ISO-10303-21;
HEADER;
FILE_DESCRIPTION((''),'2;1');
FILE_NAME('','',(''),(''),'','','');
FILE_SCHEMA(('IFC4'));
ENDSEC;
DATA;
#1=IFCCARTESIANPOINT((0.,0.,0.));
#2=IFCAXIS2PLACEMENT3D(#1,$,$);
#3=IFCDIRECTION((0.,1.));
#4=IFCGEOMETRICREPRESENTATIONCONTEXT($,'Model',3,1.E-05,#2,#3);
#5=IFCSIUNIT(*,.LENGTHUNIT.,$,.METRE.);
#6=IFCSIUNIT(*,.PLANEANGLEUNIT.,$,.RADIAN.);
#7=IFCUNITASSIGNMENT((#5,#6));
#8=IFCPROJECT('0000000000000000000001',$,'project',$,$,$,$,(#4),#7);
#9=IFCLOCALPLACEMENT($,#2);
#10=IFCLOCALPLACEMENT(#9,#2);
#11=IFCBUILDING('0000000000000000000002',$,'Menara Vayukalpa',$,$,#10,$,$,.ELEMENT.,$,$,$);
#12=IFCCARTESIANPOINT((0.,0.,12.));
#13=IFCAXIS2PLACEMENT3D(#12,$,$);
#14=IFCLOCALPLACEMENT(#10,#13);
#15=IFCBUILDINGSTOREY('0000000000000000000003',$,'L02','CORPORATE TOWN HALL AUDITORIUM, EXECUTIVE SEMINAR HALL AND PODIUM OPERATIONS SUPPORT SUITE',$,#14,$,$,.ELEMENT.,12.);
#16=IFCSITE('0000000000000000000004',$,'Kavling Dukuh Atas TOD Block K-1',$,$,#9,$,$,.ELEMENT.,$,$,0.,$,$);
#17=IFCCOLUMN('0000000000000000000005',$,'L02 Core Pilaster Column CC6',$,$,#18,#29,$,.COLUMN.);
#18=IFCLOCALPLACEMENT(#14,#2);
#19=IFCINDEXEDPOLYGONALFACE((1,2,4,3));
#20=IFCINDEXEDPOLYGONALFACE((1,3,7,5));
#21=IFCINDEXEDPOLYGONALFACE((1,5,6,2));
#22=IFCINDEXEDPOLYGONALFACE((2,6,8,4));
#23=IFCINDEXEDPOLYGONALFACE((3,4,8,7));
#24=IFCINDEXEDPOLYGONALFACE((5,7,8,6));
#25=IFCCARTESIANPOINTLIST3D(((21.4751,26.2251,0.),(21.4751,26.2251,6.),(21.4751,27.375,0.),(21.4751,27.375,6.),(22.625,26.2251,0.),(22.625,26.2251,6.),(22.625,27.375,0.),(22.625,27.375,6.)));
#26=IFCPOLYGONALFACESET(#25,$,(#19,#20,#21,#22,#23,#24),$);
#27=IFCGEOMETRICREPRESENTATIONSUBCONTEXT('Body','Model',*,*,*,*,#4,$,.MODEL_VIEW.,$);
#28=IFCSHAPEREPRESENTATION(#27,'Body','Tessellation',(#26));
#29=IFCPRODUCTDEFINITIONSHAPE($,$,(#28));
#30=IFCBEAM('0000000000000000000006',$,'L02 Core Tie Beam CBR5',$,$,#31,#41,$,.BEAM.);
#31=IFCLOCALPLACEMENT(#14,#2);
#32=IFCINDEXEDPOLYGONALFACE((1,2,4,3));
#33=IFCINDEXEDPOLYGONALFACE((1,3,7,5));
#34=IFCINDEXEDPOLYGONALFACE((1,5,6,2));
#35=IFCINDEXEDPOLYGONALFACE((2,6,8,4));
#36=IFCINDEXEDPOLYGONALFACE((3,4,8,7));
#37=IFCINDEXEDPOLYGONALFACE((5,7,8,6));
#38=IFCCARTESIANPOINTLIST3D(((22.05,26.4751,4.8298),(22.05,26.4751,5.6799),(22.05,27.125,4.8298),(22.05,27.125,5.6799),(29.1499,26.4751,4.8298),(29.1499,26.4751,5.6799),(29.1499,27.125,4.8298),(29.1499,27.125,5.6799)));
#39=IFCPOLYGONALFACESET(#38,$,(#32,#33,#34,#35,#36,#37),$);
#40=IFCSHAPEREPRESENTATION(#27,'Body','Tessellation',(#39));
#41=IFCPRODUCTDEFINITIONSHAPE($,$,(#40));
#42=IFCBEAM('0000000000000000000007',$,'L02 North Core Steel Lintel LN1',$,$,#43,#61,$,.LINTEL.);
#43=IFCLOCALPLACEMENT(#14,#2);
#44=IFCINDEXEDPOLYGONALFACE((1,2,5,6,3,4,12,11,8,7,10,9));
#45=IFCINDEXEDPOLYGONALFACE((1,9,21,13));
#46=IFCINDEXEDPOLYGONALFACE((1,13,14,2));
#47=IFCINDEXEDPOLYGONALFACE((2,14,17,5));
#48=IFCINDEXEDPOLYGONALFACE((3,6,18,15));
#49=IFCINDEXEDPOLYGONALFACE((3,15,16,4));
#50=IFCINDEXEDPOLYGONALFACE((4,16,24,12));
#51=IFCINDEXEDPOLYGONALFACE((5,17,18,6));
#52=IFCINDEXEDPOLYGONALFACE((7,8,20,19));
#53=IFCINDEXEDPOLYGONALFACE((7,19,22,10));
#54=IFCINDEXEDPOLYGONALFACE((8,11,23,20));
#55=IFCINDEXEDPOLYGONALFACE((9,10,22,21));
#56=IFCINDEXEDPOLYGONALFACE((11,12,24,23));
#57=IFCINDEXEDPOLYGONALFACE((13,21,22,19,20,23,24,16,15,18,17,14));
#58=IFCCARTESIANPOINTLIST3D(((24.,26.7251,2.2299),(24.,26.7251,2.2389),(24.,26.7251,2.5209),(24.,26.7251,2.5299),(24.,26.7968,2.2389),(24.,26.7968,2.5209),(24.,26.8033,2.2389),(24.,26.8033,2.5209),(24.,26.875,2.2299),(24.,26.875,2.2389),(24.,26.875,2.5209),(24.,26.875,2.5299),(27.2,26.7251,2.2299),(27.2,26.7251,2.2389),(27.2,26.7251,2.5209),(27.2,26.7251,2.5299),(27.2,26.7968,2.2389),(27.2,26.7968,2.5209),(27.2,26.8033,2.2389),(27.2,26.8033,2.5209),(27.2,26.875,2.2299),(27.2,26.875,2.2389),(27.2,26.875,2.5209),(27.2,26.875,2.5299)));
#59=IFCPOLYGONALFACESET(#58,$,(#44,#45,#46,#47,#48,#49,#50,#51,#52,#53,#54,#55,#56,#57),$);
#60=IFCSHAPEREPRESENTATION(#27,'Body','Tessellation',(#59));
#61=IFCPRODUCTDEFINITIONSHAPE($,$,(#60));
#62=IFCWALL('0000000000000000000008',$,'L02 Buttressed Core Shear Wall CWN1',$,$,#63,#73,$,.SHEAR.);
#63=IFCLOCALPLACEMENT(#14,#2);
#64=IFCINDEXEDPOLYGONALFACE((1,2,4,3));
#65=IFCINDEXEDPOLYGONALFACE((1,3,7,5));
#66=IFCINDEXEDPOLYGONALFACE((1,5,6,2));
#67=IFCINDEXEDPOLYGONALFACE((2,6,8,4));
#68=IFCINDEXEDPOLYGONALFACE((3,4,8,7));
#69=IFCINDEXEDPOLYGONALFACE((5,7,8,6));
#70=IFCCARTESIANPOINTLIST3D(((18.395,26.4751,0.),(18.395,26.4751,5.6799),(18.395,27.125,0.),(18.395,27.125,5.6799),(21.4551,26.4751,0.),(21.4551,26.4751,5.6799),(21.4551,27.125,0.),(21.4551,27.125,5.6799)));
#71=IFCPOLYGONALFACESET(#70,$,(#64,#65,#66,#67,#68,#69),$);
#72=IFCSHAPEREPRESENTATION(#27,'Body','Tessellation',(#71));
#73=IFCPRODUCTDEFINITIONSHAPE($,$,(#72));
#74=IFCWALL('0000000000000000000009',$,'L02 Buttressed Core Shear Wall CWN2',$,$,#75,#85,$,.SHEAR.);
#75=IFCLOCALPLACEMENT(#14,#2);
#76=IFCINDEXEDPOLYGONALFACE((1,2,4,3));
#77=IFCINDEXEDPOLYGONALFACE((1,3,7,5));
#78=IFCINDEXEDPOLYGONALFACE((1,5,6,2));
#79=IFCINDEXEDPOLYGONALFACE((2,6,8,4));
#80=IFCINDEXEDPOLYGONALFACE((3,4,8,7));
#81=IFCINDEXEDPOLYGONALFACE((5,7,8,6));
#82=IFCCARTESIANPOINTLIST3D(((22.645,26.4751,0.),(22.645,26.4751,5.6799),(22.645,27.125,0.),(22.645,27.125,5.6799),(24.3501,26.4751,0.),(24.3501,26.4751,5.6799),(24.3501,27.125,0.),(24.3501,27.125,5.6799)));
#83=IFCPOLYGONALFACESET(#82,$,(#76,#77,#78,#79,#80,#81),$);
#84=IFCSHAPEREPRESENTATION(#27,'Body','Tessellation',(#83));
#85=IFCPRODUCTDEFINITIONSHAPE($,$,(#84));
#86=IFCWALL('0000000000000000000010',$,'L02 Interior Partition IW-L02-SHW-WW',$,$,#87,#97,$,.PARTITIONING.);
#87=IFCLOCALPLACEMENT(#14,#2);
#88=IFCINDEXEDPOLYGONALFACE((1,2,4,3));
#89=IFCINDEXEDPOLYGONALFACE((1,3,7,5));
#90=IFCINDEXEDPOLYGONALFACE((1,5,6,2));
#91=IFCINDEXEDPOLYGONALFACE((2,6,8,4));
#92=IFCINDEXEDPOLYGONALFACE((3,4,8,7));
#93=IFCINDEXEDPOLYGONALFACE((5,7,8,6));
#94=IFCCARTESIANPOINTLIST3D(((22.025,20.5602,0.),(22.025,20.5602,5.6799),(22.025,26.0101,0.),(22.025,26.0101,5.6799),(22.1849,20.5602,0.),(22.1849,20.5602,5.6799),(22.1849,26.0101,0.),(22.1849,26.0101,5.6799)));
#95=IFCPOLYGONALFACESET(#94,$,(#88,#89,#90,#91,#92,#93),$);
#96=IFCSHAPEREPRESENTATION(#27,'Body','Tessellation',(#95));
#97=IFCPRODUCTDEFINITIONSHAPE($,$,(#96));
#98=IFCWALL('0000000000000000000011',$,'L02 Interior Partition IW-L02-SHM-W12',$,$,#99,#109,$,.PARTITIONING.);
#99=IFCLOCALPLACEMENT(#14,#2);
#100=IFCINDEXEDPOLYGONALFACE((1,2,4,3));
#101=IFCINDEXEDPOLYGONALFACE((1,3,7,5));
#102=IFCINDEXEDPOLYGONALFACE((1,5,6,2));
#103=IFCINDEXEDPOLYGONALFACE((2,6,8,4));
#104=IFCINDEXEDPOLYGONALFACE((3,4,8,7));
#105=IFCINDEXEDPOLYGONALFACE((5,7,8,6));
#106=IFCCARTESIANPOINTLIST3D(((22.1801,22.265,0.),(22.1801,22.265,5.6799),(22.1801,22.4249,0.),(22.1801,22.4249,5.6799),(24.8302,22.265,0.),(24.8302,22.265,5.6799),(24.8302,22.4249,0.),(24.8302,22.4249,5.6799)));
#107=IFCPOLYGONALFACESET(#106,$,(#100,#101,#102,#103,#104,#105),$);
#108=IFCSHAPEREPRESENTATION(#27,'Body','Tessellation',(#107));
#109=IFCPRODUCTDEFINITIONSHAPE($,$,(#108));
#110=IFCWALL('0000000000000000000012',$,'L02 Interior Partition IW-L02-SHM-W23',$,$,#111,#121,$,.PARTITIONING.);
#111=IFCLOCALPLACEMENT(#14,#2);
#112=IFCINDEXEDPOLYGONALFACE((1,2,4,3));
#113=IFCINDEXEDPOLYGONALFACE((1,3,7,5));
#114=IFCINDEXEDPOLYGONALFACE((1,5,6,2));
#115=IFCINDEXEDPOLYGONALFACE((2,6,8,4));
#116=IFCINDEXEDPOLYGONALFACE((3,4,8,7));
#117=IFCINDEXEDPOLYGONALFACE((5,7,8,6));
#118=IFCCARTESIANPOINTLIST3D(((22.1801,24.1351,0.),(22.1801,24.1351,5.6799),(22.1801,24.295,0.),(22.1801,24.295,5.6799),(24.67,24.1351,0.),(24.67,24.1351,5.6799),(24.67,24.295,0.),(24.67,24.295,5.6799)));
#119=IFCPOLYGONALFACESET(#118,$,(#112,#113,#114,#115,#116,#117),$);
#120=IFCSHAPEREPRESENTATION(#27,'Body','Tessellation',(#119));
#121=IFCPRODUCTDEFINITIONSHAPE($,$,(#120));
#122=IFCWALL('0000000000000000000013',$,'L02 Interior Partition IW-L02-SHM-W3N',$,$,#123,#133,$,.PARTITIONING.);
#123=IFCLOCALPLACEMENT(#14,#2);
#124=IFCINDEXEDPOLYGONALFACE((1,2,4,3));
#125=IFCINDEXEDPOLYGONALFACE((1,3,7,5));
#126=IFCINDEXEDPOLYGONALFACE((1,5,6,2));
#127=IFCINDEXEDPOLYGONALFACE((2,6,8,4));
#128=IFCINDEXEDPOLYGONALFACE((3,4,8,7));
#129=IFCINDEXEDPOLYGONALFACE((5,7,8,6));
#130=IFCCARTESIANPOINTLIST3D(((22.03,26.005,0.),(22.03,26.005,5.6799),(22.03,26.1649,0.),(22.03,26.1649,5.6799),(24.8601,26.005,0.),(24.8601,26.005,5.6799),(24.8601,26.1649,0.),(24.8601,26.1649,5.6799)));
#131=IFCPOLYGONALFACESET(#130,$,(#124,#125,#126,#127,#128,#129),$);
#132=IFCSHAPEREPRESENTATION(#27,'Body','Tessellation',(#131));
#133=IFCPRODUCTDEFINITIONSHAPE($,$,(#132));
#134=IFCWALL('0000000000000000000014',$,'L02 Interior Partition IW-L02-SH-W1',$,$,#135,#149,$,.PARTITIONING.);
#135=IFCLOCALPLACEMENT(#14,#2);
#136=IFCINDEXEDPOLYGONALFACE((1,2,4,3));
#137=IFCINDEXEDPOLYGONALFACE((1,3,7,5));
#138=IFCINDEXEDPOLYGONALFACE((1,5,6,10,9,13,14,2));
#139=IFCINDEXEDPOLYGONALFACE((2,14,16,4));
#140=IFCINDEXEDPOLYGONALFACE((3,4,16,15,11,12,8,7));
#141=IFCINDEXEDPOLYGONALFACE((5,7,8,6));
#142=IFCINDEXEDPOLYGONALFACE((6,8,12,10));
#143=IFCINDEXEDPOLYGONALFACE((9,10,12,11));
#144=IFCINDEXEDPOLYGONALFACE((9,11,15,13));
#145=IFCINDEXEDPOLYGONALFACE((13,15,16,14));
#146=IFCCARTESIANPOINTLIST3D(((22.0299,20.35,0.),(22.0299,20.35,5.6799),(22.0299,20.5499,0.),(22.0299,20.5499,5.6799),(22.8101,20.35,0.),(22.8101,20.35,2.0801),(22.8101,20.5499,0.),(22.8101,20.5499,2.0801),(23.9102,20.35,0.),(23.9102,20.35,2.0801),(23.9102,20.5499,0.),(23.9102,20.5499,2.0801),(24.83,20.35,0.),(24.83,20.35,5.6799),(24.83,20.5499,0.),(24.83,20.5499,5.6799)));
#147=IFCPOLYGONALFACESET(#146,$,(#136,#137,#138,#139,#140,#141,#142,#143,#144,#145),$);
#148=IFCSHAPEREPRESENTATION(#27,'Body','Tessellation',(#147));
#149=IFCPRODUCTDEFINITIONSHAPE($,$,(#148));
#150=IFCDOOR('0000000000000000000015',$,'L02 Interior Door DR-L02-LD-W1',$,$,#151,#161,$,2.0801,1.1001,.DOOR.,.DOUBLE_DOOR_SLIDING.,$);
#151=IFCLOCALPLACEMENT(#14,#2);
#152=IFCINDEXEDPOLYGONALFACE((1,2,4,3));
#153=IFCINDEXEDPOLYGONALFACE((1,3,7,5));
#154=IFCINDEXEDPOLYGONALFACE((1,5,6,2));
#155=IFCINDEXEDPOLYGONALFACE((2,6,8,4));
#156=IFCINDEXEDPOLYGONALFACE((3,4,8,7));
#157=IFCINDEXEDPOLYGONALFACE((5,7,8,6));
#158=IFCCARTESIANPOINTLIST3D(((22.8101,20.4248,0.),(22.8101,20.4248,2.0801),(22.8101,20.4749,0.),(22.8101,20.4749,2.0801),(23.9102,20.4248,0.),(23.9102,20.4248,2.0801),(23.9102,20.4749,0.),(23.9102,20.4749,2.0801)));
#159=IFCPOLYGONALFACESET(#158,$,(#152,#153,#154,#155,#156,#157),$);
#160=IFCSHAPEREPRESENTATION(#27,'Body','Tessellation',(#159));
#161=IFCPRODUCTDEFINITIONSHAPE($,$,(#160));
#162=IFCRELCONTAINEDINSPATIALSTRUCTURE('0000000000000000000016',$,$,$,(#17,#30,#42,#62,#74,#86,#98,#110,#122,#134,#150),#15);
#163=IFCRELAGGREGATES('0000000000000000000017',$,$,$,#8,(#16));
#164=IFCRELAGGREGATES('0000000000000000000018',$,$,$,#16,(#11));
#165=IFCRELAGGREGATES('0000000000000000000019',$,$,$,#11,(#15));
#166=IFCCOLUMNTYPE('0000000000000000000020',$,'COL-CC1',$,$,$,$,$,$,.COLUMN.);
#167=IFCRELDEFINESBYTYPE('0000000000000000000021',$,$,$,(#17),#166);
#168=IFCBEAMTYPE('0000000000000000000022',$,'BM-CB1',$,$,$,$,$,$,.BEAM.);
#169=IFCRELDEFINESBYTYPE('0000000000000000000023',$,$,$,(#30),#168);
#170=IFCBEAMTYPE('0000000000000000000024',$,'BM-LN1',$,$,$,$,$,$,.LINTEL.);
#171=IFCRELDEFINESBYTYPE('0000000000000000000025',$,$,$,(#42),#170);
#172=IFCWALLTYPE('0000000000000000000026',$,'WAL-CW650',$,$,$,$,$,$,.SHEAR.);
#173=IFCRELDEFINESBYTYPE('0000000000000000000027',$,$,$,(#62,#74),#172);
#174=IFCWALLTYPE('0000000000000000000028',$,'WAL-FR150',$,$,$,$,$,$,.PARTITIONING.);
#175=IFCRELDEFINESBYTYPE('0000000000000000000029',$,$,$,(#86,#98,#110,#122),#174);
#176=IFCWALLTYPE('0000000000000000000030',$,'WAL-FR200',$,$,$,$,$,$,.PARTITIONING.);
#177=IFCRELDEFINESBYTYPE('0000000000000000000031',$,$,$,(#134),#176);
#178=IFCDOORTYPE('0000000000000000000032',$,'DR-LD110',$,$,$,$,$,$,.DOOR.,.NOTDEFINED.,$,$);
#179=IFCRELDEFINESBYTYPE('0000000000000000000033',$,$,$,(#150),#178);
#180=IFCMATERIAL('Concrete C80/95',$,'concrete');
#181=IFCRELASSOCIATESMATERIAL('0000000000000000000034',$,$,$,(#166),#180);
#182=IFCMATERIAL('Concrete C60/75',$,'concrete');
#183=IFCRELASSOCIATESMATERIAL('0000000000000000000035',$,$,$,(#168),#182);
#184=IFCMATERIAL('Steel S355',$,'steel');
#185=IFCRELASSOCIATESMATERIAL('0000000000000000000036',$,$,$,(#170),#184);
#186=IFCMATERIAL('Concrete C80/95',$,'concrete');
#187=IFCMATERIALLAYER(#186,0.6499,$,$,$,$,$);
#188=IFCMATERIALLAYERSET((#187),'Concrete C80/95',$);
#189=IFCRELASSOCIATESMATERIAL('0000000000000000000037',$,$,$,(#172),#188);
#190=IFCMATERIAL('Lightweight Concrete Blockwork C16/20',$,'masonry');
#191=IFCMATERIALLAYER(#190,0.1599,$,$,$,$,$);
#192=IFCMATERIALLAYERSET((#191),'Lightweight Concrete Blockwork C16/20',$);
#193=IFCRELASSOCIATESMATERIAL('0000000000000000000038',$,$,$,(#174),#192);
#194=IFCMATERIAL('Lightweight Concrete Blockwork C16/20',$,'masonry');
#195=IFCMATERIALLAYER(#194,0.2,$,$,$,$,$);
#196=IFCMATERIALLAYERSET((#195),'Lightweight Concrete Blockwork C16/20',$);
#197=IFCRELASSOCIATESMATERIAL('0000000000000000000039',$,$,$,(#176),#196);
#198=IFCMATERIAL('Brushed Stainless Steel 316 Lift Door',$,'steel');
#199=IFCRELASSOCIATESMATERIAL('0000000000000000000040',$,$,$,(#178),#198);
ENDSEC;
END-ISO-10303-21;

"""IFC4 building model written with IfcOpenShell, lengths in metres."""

from ifc_helpers import new_model, si_unit, direction, frame, frame_2d, origin, origin_2d, place, context, subcontext, project, spatial, rectangle, i_section, extrude, material, layer, layer_set, material_profile, profile_set, type_object, element, fill, save


model = new_model("IFC4")

# Units and contexts
model_context = context("Model", 3, precision=1e-05, world=origin(), true_north=direction((0.0, 1.0)))
body_context = subcontext(model_context, "Body", "Model", "MODEL_VIEW")
ifc_project = project(units=[si_unit("LENGTHUNIT", "METRE"), si_unit("PLANEANGLEUNIT", "RADIAN")], contexts=[model_context])

# Site, building, storey
site_placement = place(None, origin())
site = spatial("IfcSite", under=ifc_project, at=site_placement, Name="Kavling Dukuh Atas TOD Block K-1", CompositionType="ELEMENT", RefElevation=0.0)
building_placement = place(site_placement, origin())
building = spatial("IfcBuilding", under=site, at=building_placement, Name="Menara Vayukalpa", CompositionType="ELEMENT")
storey_placement = place(building_placement, frame((0.0, 0.0, 12.0)))
storey = spatial("IfcBuildingStorey", under=building, at=storey_placement, Name="L02", Description="CORPORATE TOWN HALL AUDITORIUM, EXECUTIVE SEMINAR HALL AND PODIUM OPERATIONS SUPPORT SUITE", CompositionType="ELEMENT", Elevation=12.0)

# Column
ifc_material_1 = material(Name="Concrete C80/95", Category="concrete")
ifc_material_profile_1 = material_profile(ifc_material_1, rectangle(XDim=1.1499, YDim=1.1499, at=origin_2d()), Name="RC 1150x1150")
ifc_profile_set_1 = profile_set([ifc_material_profile_1], Name="Concrete C80/95")
column_type = type_object("IfcColumnType", Name="COL-CC1", PredefinedType="COLUMN", material=ifc_profile_set_1)
column_placement = place(storey_placement, frame((22.05, 26.8, 0.0), z_axis=(0.0, 0.0, 1.0), x_axis=(1.0, 0.0, 0.0)))
element("IfcColumn", 1, at=column_placement, inside=storey, type_object=column_type, Name="L02 Core Pilaster Column CC6", PredefinedType="COLUMN", context=body_context, shape_type="SweptSolid", body=[
    extrude(rectangle(XDim=1.1499, YDim=1.1499, at=origin_2d()), origin(), (0.0, 0.0, 1.0), 6.0),
])

# Beams
ifc_material_2 = material(Name="Concrete C60/75", Category="concrete")
ifc_material_profile_2 = material_profile(ifc_material_2, rectangle(XDim=0.6499, YDim=0.8501, at=origin_2d()), Name="RC 650x850")
ifc_profile_set_2 = profile_set([ifc_material_profile_2], Name="Concrete C60/75")
beam_type_1 = type_object("IfcBeamType", Name="BM-CB1", PredefinedType="BEAM", material=ifc_profile_set_2)
beam_1_placement = place(storey_placement, frame((22.05, 26.8, 5.2549), z_axis=(1.0, 0.0, 0.0), x_axis=(0.0, 1.0, 0.0)))
element("IfcBeam", 2, at=beam_1_placement, inside=storey, type_object=beam_type_1, Name="L02 Core Tie Beam CBR5", PredefinedType="BEAM", context=body_context, shape_type="SweptSolid", body=[
    extrude(rectangle(XDim=0.6499, YDim=0.8501, at=origin_2d()), origin(), (0.0, 0.0, 1.0), 7.0999),
])
ifc_material_3 = material(Name="Steel S355", Category="steel")
ifc_material_profile_3 = material_profile(ifc_material_3, i_section(OverallWidth=0.1499, OverallDepth=0.3, WebThickness=0.0066, FlangeThickness=0.009, at=origin_2d()), Name="WF 300x150x6.5x9")
ifc_profile_set_3 = profile_set([ifc_material_profile_3], Name="Steel S355")
beam_type_2 = type_object("IfcBeamType", Name="BM-LN1", PredefinedType="LINTEL", material=ifc_profile_set_3)
beam_2_placement = place(storey_placement, frame((24.0, 26.8, 2.3799), z_axis=(1.0, 0.0, 0.0), x_axis=(0.0, 1.0, 0.0)))
element("IfcBeam", 3, at=beam_2_placement, inside=storey, type_object=beam_type_2, Name="L02 North Core Steel Lintel LN1", PredefinedType="LINTEL", context=body_context, shape_type="SweptSolid", body=[
    extrude(i_section(OverallWidth=0.1499, OverallDepth=0.3, WebThickness=0.0066, FlangeThickness=0.009, at=origin_2d()), origin(), (0.0, 0.0, 1.0), 3.2),
])

# Walls
ifc_material_4 = material(Name="Concrete C80/95", Category="concrete")
ifc_layer_1 = layer(ifc_material_4, 0.6499)
ifc_layer_set_1 = layer_set([ifc_layer_1], Name="Concrete C80/95")
wall_type_1 = type_object("IfcWallType", Name="WAL-CW650", PredefinedType="SHEAR", material=ifc_layer_set_1)
wall_1_placement = place(storey_placement, frame((18.395, 26.8, 0.0), z_axis=(0.0, 0.0, 1.0), x_axis=(1.0, 0.0, 0.0)))
element("IfcWall", 4, at=wall_1_placement, inside=storey, type_object=wall_type_1, Name="L02 Buttressed Core Shear Wall CWN1", PredefinedType="SHEAR", context=body_context, shape_type="SweptSolid", body=[
    extrude(rectangle(XDim=3.0601, YDim=0.6499, at=frame_2d((1.53, 0.0))), origin(), (0.0, 0.0, 1.0), 5.6799),
])
wall_2_placement = place(storey_placement, frame((22.645, 26.8, 0.0), z_axis=(0.0, 0.0, 1.0), x_axis=(1.0, 0.0, 0.0)))
element("IfcWall", 5, at=wall_2_placement, inside=storey, type_object=wall_type_1, Name="L02 Buttressed Core Shear Wall CWN2", PredefinedType="SHEAR", context=body_context, shape_type="SweptSolid", body=[
    extrude(rectangle(XDim=1.7051, YDim=0.6499, at=frame_2d((0.8525, 0.0))), origin(), (0.0, 0.0, 1.0), 5.6799),
])
ifc_material_5 = material(Name="Lightweight Concrete Blockwork C16/20", Category="masonry")
ifc_layer_2 = layer(ifc_material_5, 0.1599)
ifc_layer_set_2 = layer_set([ifc_layer_2], Name="Lightweight Concrete Blockwork C16/20")
wall_type_2 = type_object("IfcWallType", Name="WAL-FR150", PredefinedType="PARTITIONING", material=ifc_layer_set_2)
wall_3_placement = place(storey_placement, frame((22.105, 20.5601, 0.0), z_axis=(0.0, 0.0, 1.0), x_axis=(0.0, 1.0, 0.0)))
element("IfcWall", 6, at=wall_3_placement, inside=storey, type_object=wall_type_2, Name="L02 Interior Partition IW-L02-SHW-WW", PredefinedType="PARTITIONING", context=body_context, shape_type="SweptSolid", body=[
    extrude(rectangle(XDim=5.45, YDim=0.1599, at=frame_2d((2.7251, 0.0))), origin(), (0.0, 0.0, 1.0), 5.6799),
])
wall_4_placement = place(storey_placement, frame((22.1799, 22.345, 0.0), z_axis=(0.0, 0.0, 1.0), x_axis=(1.0, 0.0, 0.0)))
element("IfcWall", 7, at=wall_4_placement, inside=storey, type_object=wall_type_2, Name="L02 Interior Partition IW-L02-SHM-W12", PredefinedType="PARTITIONING", context=body_context, shape_type="SweptSolid", body=[
    extrude(rectangle(XDim=2.6501, YDim=0.1599, at=frame_2d((1.3252, 0.0))), origin(), (0.0, 0.0, 1.0), 5.6799),
])
wall_5_placement = place(storey_placement, frame((22.1799, 24.2151, 0.0), z_axis=(0.0, 0.0, 1.0), x_axis=(1.0, 0.0, 0.0)))
element("IfcWall", 8, at=wall_5_placement, inside=storey, type_object=wall_type_2, Name="L02 Interior Partition IW-L02-SHM-W23", PredefinedType="PARTITIONING", context=body_context, shape_type="SweptSolid", body=[
    extrude(rectangle(XDim=2.49, YDim=0.1599, at=frame_2d((1.2451, 0.0))), origin(), (0.0, 0.0, 1.0), 5.6799),
])
wall_6_placement = place(storey_placement, frame((22.03, 26.085, 0.0), z_axis=(0.0, 0.0, 1.0), x_axis=(1.0, 0.0, 0.0)))
element("IfcWall", 9, at=wall_6_placement, inside=storey, type_object=wall_type_2, Name="L02 Interior Partition IW-L02-SHM-W3N", PredefinedType="PARTITIONING", context=body_context, shape_type="SweptSolid", body=[
    extrude(rectangle(XDim=2.8301, YDim=0.1599, at=frame_2d((1.415, 0.0))), origin(), (0.0, 0.0, 1.0), 5.6799),
])

# Wall, opening, door
ifc_material_6 = material(Name="Lightweight Concrete Blockwork C16/20", Category="masonry")
ifc_layer_3 = layer(ifc_material_6, 0.2)
ifc_layer_set_3 = layer_set([ifc_layer_3], Name="Lightweight Concrete Blockwork C16/20")
wall_type_3 = type_object("IfcWallType", Name="WAL-FR200", PredefinedType="PARTITIONING", material=ifc_layer_set_3)
wall_7_placement = place(storey_placement, frame((22.03, 20.45, 0.0), z_axis=(0.0, 0.0, 1.0), x_axis=(1.0, 0.0, 0.0)))
wall_7 = element("IfcWall", 10, at=wall_7_placement, inside=storey, type_object=wall_type_3, Name="L02 Interior Partition IW-L02-SH-W1", PredefinedType="PARTITIONING", context=body_context, shape_type="SweptSolid", body=[
    extrude(rectangle(XDim=2.8, YDim=0.2, at=frame_2d((1.3999, 0.0))), origin(), (0.0, 0.0, 1.0), 5.6799),
])
opening_placement = place(wall_7_placement, frame((0.78, 0.0, 0.0)))
opening = element("IfcOpeningElement", 11, at=opening_placement, cuts=wall_7, PredefinedType="OPENING", context=body_context, shape_type="SweptSolid", body=[
    extrude(rectangle(XDim=1.1001, YDim=2.0801, at=frame_2d((0.55, 1.04))), frame((0.0, 0.1099, 0.0), z_axis=(0.0, -1.0, 0.0), x_axis=(1.0, 0.0, 0.0)), (0.0, 0.0, 1.0), 0.22),
])
ifc_material_7 = material(Name="Brushed Stainless Steel 316 Lift Door", Category="steel")
door_type = type_object("IfcDoorType", Name="DR-LD110", OperationType="NOTDEFINED", PredefinedType="DOOR", material=ifc_material_7)
door_placement = place(opening_placement, origin())
door = element("IfcDoor", 12, at=door_placement, inside=storey, type_object=door_type, Name="L02 Interior Door DR-L02-LD-W1", OperationType="DOUBLE_DOOR_SLIDING", OverallHeight=2.0801, OverallWidth=1.1001, PredefinedType="DOOR", context=body_context, shape_type="SweptSolid", body=[
    extrude(rectangle(XDim=1.1001, YDim=2.0801, at=frame_2d((0.55, 1.04))), frame((0.0, 0.0249, 0.0), z_axis=(0.0, -1.0, 0.0), x_axis=(1.0, 0.0, 0.0)), (0.0, 0.0, 1.0), 0.05),
])
fill(opening, door)

save(model, "model.ifc")
